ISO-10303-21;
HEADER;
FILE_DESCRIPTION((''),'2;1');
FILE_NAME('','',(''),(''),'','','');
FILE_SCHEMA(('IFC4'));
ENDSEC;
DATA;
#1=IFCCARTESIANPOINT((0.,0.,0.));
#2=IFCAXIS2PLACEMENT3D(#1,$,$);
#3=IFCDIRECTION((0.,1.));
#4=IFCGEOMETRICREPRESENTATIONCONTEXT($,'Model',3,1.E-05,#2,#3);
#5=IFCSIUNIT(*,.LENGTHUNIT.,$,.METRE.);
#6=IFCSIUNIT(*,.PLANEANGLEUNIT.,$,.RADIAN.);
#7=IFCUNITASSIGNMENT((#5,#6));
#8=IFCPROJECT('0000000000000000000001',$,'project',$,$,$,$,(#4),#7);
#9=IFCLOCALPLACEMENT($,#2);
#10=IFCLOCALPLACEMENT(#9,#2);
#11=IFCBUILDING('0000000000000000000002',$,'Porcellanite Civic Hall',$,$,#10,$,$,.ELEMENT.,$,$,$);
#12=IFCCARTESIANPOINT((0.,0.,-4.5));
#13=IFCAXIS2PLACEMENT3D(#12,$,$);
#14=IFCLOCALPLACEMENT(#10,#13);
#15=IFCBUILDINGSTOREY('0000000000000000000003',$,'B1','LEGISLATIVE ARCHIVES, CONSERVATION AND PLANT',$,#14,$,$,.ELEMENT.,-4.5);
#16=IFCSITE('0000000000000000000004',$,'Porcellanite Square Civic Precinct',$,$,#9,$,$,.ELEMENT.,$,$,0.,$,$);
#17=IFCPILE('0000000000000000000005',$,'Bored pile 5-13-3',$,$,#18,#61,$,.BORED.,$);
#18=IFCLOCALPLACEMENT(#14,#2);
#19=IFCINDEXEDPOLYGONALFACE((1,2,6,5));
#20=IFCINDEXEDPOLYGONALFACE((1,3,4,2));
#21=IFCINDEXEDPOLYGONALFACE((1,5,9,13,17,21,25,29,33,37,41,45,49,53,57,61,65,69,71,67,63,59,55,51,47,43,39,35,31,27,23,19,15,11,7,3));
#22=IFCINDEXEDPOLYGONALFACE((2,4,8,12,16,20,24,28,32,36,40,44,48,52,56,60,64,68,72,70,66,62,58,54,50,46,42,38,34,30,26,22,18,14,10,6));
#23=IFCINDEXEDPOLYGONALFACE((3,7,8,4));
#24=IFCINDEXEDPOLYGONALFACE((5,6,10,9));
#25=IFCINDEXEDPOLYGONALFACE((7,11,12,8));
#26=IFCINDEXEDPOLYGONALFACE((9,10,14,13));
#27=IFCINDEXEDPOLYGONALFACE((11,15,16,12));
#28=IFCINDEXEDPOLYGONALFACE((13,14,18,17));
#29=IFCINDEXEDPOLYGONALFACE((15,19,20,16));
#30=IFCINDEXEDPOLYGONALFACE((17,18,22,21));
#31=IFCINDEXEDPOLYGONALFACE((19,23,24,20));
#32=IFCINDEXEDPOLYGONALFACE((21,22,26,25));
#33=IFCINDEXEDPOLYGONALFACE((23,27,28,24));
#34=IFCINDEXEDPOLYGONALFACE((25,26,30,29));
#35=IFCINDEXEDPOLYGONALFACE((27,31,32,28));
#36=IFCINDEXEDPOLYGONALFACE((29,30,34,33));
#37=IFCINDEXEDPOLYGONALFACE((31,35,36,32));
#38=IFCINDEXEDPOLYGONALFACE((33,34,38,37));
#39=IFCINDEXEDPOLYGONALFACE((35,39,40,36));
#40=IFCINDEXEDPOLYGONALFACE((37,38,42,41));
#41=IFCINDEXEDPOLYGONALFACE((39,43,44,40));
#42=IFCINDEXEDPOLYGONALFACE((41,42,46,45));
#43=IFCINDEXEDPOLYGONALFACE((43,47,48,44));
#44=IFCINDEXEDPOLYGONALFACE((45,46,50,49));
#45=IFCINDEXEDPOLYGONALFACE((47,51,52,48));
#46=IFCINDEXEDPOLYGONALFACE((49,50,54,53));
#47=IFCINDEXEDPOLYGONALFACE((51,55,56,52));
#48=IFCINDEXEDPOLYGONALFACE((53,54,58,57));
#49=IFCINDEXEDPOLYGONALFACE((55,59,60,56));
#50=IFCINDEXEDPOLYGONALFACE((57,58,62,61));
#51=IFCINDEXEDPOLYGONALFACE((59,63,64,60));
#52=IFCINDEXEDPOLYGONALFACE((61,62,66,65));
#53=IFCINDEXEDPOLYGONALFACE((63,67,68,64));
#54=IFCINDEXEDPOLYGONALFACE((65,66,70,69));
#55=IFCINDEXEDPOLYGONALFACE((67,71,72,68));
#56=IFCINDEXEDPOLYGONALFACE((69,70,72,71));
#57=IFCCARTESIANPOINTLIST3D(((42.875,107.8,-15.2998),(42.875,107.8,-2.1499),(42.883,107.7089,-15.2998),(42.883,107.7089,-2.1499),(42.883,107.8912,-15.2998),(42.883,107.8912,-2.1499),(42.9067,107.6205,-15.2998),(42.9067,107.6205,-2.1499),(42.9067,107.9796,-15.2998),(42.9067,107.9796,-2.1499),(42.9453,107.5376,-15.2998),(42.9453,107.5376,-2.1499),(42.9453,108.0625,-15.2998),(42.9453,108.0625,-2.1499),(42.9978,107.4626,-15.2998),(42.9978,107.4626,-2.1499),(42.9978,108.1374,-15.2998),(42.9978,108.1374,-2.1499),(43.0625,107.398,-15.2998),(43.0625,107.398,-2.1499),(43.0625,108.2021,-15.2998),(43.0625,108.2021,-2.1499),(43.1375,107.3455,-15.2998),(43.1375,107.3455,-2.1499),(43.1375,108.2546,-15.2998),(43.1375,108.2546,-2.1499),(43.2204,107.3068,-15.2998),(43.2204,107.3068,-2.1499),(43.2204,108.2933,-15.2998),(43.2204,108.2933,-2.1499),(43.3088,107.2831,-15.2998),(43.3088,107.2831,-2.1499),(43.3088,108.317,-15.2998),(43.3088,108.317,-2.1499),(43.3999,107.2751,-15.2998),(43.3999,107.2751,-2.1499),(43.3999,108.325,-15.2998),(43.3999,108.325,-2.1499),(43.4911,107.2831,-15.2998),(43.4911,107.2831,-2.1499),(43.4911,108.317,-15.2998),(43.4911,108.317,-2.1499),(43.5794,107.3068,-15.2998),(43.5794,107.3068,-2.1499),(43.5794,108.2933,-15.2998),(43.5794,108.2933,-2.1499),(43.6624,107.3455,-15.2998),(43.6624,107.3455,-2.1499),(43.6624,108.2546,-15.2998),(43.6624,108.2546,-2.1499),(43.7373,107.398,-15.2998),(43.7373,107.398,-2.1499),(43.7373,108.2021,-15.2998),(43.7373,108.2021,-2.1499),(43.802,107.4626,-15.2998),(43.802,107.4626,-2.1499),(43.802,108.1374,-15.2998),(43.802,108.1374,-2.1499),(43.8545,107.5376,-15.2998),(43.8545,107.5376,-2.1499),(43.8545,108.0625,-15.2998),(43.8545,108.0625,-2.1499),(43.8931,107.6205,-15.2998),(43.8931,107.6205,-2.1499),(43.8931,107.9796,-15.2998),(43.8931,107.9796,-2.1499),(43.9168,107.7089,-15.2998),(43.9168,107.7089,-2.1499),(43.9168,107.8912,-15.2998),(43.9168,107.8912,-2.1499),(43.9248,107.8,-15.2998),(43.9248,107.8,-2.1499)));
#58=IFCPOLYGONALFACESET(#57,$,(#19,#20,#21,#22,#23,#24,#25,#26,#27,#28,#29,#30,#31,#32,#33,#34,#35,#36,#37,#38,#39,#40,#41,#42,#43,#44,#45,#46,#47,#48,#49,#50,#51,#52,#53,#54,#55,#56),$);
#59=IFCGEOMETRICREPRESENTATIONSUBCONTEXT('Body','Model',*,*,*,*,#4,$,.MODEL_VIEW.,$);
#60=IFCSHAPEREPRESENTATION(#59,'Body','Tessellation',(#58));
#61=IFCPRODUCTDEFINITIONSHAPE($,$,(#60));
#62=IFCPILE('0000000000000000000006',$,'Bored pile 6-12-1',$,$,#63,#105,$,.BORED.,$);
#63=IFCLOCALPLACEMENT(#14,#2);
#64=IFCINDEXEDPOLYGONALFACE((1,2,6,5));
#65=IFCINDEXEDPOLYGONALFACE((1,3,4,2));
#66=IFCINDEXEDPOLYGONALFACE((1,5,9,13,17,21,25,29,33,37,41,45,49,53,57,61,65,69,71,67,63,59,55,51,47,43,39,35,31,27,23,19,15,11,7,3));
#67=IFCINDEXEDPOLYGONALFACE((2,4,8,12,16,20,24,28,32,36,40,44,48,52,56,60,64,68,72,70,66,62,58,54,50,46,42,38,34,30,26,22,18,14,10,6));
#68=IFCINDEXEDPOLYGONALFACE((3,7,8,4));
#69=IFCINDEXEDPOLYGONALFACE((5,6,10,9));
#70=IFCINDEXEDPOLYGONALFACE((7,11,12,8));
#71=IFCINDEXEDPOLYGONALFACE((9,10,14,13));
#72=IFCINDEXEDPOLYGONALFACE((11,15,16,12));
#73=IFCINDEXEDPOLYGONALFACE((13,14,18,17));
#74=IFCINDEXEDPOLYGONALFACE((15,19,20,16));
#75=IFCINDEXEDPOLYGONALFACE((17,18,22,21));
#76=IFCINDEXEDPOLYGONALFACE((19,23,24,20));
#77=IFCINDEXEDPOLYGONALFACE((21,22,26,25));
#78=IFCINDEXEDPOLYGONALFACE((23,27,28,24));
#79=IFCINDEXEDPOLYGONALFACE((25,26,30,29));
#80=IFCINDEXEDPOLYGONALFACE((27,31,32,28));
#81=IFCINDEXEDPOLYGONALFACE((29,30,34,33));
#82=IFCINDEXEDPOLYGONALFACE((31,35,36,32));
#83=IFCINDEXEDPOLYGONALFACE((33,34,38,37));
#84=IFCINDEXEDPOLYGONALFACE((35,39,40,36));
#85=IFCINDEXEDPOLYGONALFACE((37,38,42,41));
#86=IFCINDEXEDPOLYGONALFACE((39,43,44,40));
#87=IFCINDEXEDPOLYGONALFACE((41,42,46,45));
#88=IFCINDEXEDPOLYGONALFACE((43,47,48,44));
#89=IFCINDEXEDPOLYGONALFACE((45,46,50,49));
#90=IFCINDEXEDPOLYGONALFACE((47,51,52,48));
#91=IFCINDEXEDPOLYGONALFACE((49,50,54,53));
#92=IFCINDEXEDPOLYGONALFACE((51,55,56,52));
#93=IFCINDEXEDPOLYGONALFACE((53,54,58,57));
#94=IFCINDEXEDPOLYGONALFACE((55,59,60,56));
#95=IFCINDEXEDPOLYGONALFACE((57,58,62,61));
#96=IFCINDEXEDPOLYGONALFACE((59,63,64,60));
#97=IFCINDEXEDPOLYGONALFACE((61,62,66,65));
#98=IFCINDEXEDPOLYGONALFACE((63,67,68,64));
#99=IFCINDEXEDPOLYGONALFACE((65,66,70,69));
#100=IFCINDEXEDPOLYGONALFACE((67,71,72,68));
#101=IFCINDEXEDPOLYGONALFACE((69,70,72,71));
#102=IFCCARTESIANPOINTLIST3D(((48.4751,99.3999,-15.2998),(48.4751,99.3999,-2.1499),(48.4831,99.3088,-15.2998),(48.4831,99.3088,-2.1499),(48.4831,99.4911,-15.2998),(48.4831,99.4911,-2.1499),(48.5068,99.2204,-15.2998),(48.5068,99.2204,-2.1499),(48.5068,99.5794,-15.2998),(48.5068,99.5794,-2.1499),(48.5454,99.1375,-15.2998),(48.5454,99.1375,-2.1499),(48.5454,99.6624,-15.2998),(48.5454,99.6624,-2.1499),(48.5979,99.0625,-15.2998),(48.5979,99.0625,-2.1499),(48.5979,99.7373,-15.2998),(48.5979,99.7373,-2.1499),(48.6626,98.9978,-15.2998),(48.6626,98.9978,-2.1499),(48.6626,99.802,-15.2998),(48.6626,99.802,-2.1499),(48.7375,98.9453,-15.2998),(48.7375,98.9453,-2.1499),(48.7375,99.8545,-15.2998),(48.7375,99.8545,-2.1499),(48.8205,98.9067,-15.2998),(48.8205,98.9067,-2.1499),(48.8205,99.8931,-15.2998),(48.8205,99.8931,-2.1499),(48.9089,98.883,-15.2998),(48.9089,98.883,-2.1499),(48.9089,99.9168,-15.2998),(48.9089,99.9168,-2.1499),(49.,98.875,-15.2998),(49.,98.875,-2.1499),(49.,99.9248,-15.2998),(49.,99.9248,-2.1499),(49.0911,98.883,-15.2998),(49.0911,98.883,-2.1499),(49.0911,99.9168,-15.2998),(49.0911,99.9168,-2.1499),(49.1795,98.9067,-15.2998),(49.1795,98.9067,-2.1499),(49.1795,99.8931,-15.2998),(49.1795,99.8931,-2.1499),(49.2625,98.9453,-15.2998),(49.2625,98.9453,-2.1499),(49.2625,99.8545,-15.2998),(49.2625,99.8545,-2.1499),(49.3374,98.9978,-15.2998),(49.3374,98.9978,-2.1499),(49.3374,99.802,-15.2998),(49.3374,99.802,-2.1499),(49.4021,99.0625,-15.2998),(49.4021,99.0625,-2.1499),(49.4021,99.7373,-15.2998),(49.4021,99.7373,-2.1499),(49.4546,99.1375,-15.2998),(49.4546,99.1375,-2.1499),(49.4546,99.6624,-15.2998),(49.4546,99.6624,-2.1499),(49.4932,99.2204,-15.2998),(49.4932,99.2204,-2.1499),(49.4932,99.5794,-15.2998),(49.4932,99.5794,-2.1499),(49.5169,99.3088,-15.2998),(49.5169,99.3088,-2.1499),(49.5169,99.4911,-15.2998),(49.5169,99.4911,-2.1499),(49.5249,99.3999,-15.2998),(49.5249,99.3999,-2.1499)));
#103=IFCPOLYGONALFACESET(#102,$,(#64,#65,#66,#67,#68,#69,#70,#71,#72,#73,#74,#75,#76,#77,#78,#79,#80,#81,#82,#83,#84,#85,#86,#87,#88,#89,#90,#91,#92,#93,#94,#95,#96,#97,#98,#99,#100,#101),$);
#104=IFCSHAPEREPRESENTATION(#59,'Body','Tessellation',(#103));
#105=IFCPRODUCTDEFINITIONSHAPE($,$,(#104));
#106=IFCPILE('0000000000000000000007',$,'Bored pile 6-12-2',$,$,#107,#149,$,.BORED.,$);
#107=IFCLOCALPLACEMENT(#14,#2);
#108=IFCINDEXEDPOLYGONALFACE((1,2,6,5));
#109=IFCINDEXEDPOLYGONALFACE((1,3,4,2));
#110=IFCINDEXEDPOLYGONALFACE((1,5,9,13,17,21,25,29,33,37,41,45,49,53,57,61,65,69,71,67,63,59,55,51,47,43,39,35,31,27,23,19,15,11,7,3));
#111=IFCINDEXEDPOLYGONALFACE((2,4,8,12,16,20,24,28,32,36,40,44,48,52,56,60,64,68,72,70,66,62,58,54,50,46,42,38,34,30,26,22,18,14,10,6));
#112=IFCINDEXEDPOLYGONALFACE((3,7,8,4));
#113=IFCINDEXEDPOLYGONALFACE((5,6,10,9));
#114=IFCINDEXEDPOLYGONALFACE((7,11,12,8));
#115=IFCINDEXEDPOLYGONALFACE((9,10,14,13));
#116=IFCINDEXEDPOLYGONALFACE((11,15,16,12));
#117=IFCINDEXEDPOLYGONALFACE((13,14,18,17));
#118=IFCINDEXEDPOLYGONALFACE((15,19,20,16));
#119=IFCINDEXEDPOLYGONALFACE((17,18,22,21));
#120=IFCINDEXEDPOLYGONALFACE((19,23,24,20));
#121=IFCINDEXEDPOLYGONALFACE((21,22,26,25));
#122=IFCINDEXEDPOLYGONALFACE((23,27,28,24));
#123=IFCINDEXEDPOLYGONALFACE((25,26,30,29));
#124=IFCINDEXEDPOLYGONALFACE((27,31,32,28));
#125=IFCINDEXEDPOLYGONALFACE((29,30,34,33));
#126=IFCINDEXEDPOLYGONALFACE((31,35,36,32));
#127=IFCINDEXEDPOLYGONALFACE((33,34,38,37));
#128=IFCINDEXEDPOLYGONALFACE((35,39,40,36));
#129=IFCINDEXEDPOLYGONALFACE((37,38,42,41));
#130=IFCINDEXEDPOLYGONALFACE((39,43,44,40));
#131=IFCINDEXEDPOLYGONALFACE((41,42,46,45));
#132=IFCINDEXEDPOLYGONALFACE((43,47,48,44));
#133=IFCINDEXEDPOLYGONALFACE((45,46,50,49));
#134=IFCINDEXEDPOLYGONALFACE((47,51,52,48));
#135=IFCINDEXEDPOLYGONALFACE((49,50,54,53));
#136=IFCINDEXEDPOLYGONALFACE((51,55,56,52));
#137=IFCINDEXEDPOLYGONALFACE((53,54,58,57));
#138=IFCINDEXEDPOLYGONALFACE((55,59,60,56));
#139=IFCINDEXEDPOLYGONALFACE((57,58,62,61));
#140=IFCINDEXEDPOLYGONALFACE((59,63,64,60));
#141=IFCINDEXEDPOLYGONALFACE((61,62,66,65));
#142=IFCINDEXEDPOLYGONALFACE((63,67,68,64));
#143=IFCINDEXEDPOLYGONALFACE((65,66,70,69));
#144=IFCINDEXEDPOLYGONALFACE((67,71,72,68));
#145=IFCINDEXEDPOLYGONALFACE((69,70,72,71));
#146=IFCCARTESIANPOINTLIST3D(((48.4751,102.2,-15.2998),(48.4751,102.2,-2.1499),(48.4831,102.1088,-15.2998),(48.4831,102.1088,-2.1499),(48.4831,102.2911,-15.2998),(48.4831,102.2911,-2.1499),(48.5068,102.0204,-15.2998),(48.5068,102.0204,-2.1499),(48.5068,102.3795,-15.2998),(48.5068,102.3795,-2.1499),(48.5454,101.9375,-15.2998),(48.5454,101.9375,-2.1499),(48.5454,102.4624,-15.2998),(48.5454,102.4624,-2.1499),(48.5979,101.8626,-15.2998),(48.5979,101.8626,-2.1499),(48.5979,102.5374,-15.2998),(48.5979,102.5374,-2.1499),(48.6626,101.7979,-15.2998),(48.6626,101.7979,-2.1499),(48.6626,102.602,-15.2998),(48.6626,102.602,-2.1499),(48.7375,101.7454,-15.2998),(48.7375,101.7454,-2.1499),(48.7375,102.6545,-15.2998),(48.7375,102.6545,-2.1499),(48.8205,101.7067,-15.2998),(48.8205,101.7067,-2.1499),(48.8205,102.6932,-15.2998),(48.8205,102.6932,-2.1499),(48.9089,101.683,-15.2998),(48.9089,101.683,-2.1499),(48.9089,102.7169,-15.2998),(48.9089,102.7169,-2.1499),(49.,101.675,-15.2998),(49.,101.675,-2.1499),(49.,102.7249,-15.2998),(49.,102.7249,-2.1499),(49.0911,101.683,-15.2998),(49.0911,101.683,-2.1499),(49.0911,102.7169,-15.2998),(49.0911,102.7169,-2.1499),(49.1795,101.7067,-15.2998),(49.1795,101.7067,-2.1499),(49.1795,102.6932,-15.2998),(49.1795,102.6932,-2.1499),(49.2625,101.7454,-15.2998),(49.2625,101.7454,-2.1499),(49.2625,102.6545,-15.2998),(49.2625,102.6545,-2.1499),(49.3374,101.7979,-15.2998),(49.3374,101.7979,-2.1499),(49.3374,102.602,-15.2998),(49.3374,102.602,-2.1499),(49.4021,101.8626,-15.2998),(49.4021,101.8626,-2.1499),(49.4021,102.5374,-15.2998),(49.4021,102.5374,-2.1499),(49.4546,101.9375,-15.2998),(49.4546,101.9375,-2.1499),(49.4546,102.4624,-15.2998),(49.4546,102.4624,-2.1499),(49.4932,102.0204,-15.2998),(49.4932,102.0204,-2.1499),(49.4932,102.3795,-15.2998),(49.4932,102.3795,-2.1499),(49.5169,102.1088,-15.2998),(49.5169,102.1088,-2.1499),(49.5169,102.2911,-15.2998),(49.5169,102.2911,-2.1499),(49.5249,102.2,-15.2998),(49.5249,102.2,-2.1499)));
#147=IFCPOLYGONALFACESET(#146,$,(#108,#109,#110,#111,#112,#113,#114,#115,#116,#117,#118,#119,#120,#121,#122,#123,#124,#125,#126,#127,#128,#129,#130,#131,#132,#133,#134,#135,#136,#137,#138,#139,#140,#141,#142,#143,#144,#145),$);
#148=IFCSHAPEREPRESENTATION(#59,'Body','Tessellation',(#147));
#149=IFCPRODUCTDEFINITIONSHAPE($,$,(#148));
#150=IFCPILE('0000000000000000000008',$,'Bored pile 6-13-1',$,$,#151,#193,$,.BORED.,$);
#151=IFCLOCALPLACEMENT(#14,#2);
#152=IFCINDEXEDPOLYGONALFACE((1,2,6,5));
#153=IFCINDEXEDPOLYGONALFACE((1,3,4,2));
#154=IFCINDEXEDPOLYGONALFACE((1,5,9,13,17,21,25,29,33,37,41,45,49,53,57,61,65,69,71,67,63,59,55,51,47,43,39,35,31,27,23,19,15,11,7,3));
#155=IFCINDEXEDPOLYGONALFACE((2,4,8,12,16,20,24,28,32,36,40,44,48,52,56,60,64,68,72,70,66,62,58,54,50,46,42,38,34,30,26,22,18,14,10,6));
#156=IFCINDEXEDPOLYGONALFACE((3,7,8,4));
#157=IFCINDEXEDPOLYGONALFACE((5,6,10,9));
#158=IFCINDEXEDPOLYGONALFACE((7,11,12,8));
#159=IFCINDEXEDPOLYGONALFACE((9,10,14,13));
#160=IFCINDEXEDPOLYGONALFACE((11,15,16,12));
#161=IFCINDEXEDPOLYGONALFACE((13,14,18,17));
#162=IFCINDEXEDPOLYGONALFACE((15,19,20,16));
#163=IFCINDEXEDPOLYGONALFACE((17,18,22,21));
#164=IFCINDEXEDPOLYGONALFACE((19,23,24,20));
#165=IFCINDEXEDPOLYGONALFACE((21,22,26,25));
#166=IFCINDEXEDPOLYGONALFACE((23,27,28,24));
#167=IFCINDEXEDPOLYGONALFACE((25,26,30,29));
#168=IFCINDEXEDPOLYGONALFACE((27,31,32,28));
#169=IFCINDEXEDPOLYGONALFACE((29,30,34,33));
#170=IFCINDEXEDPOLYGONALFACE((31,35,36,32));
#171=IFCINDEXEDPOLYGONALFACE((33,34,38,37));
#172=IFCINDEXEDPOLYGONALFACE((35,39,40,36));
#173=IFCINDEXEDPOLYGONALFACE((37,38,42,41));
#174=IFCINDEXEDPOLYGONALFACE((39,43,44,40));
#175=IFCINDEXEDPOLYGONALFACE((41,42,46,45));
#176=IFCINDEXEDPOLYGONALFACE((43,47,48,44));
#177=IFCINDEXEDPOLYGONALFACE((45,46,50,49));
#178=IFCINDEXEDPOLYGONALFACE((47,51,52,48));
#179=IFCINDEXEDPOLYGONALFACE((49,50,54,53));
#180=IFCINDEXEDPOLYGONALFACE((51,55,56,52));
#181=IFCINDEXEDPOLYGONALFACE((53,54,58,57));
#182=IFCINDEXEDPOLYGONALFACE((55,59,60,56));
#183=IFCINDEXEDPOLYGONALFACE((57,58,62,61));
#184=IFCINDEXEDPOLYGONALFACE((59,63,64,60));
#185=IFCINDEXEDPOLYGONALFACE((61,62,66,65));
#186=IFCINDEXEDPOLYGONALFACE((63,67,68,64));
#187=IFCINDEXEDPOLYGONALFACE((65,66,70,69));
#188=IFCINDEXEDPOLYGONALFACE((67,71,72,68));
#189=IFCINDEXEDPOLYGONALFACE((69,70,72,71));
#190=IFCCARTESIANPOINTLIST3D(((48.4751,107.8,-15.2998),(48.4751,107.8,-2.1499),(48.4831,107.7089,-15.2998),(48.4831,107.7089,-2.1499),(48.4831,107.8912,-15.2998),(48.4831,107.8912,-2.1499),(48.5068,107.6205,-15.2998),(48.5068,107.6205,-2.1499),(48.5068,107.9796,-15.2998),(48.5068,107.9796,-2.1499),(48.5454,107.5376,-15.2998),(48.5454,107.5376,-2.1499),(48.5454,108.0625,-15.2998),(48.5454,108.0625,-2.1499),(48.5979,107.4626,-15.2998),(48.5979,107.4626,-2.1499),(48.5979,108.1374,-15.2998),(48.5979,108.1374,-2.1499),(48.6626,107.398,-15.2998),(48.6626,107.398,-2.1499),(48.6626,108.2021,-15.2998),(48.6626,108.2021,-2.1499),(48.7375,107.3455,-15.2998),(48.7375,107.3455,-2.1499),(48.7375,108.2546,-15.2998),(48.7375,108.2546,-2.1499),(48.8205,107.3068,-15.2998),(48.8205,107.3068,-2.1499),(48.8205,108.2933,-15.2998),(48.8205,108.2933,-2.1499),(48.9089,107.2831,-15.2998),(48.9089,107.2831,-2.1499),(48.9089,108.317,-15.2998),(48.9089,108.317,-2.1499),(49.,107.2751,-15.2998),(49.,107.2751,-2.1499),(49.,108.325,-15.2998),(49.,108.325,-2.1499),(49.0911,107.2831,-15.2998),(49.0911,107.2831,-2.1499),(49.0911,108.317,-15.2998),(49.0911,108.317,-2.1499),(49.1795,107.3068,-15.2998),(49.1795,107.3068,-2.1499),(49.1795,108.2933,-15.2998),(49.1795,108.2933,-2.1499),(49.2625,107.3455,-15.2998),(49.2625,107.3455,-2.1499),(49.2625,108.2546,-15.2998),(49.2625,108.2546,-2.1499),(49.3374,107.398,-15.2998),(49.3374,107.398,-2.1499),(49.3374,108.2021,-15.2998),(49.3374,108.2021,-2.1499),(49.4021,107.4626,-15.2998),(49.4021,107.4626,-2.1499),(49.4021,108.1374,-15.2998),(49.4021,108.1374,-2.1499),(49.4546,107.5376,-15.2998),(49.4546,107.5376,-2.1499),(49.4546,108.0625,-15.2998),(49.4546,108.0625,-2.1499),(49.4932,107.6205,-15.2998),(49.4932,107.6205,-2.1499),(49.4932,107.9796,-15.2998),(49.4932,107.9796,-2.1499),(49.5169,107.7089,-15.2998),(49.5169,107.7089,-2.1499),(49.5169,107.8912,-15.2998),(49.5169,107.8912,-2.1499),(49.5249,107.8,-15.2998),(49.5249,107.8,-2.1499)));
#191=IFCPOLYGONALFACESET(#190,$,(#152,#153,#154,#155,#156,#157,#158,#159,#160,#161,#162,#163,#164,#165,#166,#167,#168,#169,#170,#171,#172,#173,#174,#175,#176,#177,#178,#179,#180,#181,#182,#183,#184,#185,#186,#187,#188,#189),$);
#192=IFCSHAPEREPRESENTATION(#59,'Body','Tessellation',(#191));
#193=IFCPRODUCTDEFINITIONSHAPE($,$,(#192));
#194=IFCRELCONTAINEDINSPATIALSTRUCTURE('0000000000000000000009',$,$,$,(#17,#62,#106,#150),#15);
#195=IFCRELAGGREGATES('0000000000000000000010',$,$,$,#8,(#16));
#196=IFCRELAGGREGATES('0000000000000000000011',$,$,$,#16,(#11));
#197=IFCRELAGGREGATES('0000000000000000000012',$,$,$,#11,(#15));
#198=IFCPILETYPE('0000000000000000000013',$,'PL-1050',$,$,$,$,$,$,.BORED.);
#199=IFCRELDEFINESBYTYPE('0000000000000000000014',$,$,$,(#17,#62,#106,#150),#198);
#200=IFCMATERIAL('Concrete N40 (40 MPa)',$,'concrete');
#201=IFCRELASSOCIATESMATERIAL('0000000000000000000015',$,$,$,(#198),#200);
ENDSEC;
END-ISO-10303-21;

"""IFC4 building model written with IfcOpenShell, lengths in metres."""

from ifc_helpers import new_model, si_unit, direction, frame, origin, origin_2d, place, context, subcontext, project, spatial, circle, extrude, material, material_profile, profile_set, type_object, element, save


model = new_model("IFC4")

# Units and contexts
model_context = context("Model", 3, precision=1e-05, world=origin(), true_north=direction((0.0, 1.0)))
body_context = subcontext(model_context, "Body", "Model", "MODEL_VIEW")
ifc_project = project(units=[si_unit("LENGTHUNIT", "METRE"), si_unit("PLANEANGLEUNIT", "RADIAN")], contexts=[model_context])

# Site, building, storey
site_placement = place(None, origin())
site = spatial("IfcSite", under=ifc_project, at=site_placement, Name="Porcellanite Square Civic Precinct", CompositionType="ELEMENT", RefElevation=0.0)
building_placement = place(site_placement, origin())
building = spatial("IfcBuilding", under=site, at=building_placement, Name="Porcellanite Civic Hall", CompositionType="ELEMENT")
storey_placement = place(building_placement, frame((0.0, 0.0, -4.5)))
storey = spatial("IfcBuildingStorey", under=building, at=storey_placement, Name="B1", Description="LEGISLATIVE ARCHIVES, CONSERVATION AND PLANT", CompositionType="ELEMENT", Elevation=-4.5)

# Piles
ifc_material_1 = material(Name="Concrete N40 (40 MPa)", Category="concrete")
ifc_material_profile_1 = material_profile(ifc_material_1, circle(Radius=0.5249, at=origin_2d()), Name="PILE-D1050")
ifc_profile_set_1 = profile_set([ifc_material_profile_1], Name="Concrete N40 (40 MPa)")
pile_type_1 = type_object("IfcPileType", Name="PL-1050", PredefinedType="BORED", material=ifc_profile_set_1)
for number, where, z_axis, x_axis, name in (
    (1, (43.3999, 107.8, -2.1499), (0.0, 0.0, -1.0), (1.0, 0.0, 0.0), "Bored pile 5-13-3"),
    (2, (49.0, 99.3999, -2.1499), (0.0, 0.0, -1.0), (1.0, 0.0, 0.0), "Bored pile 6-12-1"),
    (3, (49.0, 102.2, -2.1499), (0.0, 0.0, -1.0), (1.0, 0.0, 0.0), "Bored pile 6-12-2"),
    (4, (49.0, 107.8, -2.1499), (0.0, 0.0, -1.0), (1.0, 0.0, 0.0), "Bored pile 6-13-1"),
):
    element("IfcPile", number, at=place(storey_placement, frame(where, z_axis=z_axis, x_axis=x_axis)), inside=storey, type_object=pile_type_1, Name=name, PredefinedType="BORED", context=body_context, shape_type="SweptSolid", body=[
        extrude(circle(Radius=0.5249, at=origin_2d()), origin(), (0.0, 0.0, 1.0), 13.1499),
    ])

save(model, "model.ifc")
